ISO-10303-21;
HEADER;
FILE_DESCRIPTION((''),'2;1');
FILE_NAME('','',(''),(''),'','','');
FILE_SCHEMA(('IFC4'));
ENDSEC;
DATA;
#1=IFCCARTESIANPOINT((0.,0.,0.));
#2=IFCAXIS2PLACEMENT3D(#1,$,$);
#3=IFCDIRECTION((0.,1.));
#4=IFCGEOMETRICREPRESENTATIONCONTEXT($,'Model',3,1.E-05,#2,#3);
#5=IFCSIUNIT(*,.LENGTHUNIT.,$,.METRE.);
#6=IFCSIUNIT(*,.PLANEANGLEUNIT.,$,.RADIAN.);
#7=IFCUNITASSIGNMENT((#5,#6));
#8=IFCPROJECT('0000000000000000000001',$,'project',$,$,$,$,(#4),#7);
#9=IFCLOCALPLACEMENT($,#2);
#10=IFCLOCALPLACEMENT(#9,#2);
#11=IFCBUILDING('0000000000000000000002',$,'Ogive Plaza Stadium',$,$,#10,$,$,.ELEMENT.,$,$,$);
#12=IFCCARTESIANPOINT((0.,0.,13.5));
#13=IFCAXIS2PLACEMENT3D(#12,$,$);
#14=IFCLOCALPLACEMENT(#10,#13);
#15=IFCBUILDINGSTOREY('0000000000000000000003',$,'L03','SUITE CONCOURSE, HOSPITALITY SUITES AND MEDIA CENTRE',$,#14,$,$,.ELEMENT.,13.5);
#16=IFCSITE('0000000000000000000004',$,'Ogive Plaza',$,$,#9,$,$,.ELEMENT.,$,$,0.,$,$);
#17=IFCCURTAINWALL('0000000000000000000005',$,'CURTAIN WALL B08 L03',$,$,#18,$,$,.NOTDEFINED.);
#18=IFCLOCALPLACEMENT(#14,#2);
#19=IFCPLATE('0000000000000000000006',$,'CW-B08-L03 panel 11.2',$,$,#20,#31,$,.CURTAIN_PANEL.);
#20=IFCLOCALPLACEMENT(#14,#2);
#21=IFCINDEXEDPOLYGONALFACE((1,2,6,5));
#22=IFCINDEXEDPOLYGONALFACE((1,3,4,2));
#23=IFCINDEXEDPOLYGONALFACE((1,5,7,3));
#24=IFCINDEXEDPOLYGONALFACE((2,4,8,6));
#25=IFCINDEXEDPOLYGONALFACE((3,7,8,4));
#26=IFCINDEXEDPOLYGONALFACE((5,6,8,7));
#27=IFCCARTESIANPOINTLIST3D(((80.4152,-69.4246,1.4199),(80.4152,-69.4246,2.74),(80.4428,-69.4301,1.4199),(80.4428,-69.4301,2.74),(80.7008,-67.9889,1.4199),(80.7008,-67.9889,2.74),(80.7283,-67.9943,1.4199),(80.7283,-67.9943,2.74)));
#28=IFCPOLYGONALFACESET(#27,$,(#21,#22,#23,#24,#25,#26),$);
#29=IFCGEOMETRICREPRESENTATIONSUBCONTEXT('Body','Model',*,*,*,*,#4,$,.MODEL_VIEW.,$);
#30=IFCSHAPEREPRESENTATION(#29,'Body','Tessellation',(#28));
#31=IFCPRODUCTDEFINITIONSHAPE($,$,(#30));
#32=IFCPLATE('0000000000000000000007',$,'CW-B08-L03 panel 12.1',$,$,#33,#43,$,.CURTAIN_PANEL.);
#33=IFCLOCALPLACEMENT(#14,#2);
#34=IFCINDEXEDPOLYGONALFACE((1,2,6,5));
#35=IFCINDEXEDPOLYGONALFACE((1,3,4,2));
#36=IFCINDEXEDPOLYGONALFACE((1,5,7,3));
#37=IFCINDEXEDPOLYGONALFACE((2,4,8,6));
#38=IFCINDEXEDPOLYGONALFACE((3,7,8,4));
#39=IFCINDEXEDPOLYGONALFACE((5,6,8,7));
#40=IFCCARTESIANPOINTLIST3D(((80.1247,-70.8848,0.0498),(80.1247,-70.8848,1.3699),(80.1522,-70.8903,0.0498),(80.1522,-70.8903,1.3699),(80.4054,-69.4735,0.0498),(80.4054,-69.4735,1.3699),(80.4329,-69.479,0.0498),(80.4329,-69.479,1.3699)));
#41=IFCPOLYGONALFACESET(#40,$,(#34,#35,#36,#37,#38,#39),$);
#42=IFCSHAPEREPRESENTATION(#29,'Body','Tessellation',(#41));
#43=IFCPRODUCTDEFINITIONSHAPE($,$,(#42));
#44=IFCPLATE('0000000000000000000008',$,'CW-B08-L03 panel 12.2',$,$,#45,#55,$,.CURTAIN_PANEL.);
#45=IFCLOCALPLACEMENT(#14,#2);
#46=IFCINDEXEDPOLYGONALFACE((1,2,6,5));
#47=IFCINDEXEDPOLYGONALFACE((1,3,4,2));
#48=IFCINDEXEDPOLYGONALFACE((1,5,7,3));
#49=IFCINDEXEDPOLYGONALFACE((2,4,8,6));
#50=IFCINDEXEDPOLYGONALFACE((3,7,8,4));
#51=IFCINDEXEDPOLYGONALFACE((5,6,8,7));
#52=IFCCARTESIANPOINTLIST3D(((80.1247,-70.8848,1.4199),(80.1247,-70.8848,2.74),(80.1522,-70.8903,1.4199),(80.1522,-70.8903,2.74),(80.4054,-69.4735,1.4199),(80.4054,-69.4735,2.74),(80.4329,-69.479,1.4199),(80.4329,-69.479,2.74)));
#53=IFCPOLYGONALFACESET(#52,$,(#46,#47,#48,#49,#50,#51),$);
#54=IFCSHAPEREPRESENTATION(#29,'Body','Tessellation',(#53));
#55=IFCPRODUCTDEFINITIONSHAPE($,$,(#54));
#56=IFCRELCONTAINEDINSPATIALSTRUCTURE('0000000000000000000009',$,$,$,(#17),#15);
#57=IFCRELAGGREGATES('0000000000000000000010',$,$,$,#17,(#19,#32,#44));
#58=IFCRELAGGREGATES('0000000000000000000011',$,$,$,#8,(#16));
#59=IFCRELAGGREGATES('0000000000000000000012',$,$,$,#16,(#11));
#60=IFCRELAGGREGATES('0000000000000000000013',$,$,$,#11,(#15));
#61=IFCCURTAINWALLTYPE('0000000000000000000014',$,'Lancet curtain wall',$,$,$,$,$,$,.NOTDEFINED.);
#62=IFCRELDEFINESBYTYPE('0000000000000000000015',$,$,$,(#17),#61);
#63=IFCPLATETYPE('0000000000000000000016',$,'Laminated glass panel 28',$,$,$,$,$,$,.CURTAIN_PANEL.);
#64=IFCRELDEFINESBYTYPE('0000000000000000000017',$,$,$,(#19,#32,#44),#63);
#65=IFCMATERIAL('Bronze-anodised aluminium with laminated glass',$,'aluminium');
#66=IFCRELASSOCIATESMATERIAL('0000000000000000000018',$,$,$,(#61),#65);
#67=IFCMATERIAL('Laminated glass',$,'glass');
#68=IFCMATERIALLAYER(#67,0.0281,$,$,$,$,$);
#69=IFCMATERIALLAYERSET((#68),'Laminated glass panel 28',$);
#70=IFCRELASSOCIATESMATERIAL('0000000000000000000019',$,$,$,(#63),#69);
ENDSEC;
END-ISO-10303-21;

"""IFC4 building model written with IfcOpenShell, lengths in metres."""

from ifc_helpers import new_model, si_unit, direction, frame, origin, origin_2d, place, context, subcontext, project, spatial, rectangle, extrude, material, layer, layer_set, type_object, element, aggregate, save


model = new_model("IFC4")

# Units and contexts
model_context = context("Model", 3, precision=1e-05, world=origin(), true_north=direction((0.0, 1.0)))
body_context = subcontext(model_context, "Body", "Model", "MODEL_VIEW")
ifc_project = project(units=[si_unit("LENGTHUNIT", "METRE"), si_unit("PLANEANGLEUNIT", "RADIAN")], contexts=[model_context])

# Site, building, storey
site_placement = place(None, origin())
site = spatial("IfcSite", under=ifc_project, at=site_placement, Name="Ogive Plaza", CompositionType="ELEMENT", RefElevation=0.0)
building_placement = place(site_placement, origin())
building = spatial("IfcBuilding", under=site, at=building_placement, Name="Ogive Plaza Stadium", CompositionType="ELEMENT")
storey_placement = place(building_placement, frame((0.0, 0.0, 13.5)))
storey = spatial("IfcBuildingStorey", under=building, at=storey_placement, Name="L03", Description="SUITE CONCOURSE, HOSPITALITY SUITES AND MEDIA CENTRE", CompositionType="ELEMENT", Elevation=13.5)

# Curtain wall
ifc_material_1 = material(Name="Bronze-anodised aluminium with laminated glass", Category="aluminium")
curtain_wall_type = type_object("IfcCurtainWallType", Name="Lancet curtain wall", PredefinedType="NOTDEFINED", material=ifc_material_1)
curtain_wall_1_placement = place(storey_placement, origin())
curtain_wall_1 = element("IfcCurtainWall", 1, at=curtain_wall_1_placement, inside=storey, type_object=curtain_wall_type, Name="CURTAIN WALL B08 L03", PredefinedType="NOTDEFINED")

# Plates
ifc_material_2 = material(Name="Laminated glass", Category="glass")
ifc_layer = layer(ifc_material_2, 0.0281)
ifc_layer_set = layer_set([ifc_layer], Name="Laminated glass panel 28")
plate_type = type_object("IfcPlateType", Name="Laminated glass panel 28", PredefinedType="CURTAIN_PANEL", material=ifc_layer_set)
plate_1_placement = place(storey_placement, frame((80.5718, -68.7095, 1.4199), z_axis=(0.0, 0.0, 1.0), x_axis=(-0.19509, -0.980785, 0.0)))
plate_1 = element("IfcPlate", 2, at=plate_1_placement, type_object=plate_type, Name="CW-B08-L03 panel 11.2", PredefinedType="CURTAIN_PANEL", context=body_context, shape_type="SweptSolid", body=[
    extrude(rectangle(XDim=1.4639, YDim=0.0281, at=origin_2d()), origin(), (0.0, 0.0, 1.0), 1.3201),
])
plate_2_placement = place(storey_placement, frame((80.2788, -70.1819, 0.0498), z_axis=(0.0, 0.0, 1.0), x_axis=(-0.19509, -0.980785, 0.0)))
plate_2 = element("IfcPlate", 3, at=plate_2_placement, type_object=plate_type, Name="CW-B08-L03 panel 12.1", PredefinedType="CURTAIN_PANEL", context=body_context, shape_type="SweptSolid", body=[
    extrude(rectangle(XDim=1.439, YDim=0.0281, at=origin_2d()), origin(), (0.0, 0.0, 1.0), 1.3201),
])
plate_3_placement = place(storey_placement, frame((80.2788, -70.1819, 1.4199), z_axis=(0.0, 0.0, 1.0), x_axis=(-0.19509, -0.980785, 0.0)))
plate_3 = element("IfcPlate", 4, at=plate_3_placement, type_object=plate_type, Name="CW-B08-L03 panel 12.2", PredefinedType="CURTAIN_PANEL", context=body_context, shape_type="SweptSolid", body=[
    extrude(rectangle(XDim=1.439, YDim=0.0281, at=origin_2d()), origin(), (0.0, 0.0, 1.0), 1.3201),
])
aggregate(curtain_wall_1, [plate_1, plate_2, plate_3])

save(model, "model.ifc")
